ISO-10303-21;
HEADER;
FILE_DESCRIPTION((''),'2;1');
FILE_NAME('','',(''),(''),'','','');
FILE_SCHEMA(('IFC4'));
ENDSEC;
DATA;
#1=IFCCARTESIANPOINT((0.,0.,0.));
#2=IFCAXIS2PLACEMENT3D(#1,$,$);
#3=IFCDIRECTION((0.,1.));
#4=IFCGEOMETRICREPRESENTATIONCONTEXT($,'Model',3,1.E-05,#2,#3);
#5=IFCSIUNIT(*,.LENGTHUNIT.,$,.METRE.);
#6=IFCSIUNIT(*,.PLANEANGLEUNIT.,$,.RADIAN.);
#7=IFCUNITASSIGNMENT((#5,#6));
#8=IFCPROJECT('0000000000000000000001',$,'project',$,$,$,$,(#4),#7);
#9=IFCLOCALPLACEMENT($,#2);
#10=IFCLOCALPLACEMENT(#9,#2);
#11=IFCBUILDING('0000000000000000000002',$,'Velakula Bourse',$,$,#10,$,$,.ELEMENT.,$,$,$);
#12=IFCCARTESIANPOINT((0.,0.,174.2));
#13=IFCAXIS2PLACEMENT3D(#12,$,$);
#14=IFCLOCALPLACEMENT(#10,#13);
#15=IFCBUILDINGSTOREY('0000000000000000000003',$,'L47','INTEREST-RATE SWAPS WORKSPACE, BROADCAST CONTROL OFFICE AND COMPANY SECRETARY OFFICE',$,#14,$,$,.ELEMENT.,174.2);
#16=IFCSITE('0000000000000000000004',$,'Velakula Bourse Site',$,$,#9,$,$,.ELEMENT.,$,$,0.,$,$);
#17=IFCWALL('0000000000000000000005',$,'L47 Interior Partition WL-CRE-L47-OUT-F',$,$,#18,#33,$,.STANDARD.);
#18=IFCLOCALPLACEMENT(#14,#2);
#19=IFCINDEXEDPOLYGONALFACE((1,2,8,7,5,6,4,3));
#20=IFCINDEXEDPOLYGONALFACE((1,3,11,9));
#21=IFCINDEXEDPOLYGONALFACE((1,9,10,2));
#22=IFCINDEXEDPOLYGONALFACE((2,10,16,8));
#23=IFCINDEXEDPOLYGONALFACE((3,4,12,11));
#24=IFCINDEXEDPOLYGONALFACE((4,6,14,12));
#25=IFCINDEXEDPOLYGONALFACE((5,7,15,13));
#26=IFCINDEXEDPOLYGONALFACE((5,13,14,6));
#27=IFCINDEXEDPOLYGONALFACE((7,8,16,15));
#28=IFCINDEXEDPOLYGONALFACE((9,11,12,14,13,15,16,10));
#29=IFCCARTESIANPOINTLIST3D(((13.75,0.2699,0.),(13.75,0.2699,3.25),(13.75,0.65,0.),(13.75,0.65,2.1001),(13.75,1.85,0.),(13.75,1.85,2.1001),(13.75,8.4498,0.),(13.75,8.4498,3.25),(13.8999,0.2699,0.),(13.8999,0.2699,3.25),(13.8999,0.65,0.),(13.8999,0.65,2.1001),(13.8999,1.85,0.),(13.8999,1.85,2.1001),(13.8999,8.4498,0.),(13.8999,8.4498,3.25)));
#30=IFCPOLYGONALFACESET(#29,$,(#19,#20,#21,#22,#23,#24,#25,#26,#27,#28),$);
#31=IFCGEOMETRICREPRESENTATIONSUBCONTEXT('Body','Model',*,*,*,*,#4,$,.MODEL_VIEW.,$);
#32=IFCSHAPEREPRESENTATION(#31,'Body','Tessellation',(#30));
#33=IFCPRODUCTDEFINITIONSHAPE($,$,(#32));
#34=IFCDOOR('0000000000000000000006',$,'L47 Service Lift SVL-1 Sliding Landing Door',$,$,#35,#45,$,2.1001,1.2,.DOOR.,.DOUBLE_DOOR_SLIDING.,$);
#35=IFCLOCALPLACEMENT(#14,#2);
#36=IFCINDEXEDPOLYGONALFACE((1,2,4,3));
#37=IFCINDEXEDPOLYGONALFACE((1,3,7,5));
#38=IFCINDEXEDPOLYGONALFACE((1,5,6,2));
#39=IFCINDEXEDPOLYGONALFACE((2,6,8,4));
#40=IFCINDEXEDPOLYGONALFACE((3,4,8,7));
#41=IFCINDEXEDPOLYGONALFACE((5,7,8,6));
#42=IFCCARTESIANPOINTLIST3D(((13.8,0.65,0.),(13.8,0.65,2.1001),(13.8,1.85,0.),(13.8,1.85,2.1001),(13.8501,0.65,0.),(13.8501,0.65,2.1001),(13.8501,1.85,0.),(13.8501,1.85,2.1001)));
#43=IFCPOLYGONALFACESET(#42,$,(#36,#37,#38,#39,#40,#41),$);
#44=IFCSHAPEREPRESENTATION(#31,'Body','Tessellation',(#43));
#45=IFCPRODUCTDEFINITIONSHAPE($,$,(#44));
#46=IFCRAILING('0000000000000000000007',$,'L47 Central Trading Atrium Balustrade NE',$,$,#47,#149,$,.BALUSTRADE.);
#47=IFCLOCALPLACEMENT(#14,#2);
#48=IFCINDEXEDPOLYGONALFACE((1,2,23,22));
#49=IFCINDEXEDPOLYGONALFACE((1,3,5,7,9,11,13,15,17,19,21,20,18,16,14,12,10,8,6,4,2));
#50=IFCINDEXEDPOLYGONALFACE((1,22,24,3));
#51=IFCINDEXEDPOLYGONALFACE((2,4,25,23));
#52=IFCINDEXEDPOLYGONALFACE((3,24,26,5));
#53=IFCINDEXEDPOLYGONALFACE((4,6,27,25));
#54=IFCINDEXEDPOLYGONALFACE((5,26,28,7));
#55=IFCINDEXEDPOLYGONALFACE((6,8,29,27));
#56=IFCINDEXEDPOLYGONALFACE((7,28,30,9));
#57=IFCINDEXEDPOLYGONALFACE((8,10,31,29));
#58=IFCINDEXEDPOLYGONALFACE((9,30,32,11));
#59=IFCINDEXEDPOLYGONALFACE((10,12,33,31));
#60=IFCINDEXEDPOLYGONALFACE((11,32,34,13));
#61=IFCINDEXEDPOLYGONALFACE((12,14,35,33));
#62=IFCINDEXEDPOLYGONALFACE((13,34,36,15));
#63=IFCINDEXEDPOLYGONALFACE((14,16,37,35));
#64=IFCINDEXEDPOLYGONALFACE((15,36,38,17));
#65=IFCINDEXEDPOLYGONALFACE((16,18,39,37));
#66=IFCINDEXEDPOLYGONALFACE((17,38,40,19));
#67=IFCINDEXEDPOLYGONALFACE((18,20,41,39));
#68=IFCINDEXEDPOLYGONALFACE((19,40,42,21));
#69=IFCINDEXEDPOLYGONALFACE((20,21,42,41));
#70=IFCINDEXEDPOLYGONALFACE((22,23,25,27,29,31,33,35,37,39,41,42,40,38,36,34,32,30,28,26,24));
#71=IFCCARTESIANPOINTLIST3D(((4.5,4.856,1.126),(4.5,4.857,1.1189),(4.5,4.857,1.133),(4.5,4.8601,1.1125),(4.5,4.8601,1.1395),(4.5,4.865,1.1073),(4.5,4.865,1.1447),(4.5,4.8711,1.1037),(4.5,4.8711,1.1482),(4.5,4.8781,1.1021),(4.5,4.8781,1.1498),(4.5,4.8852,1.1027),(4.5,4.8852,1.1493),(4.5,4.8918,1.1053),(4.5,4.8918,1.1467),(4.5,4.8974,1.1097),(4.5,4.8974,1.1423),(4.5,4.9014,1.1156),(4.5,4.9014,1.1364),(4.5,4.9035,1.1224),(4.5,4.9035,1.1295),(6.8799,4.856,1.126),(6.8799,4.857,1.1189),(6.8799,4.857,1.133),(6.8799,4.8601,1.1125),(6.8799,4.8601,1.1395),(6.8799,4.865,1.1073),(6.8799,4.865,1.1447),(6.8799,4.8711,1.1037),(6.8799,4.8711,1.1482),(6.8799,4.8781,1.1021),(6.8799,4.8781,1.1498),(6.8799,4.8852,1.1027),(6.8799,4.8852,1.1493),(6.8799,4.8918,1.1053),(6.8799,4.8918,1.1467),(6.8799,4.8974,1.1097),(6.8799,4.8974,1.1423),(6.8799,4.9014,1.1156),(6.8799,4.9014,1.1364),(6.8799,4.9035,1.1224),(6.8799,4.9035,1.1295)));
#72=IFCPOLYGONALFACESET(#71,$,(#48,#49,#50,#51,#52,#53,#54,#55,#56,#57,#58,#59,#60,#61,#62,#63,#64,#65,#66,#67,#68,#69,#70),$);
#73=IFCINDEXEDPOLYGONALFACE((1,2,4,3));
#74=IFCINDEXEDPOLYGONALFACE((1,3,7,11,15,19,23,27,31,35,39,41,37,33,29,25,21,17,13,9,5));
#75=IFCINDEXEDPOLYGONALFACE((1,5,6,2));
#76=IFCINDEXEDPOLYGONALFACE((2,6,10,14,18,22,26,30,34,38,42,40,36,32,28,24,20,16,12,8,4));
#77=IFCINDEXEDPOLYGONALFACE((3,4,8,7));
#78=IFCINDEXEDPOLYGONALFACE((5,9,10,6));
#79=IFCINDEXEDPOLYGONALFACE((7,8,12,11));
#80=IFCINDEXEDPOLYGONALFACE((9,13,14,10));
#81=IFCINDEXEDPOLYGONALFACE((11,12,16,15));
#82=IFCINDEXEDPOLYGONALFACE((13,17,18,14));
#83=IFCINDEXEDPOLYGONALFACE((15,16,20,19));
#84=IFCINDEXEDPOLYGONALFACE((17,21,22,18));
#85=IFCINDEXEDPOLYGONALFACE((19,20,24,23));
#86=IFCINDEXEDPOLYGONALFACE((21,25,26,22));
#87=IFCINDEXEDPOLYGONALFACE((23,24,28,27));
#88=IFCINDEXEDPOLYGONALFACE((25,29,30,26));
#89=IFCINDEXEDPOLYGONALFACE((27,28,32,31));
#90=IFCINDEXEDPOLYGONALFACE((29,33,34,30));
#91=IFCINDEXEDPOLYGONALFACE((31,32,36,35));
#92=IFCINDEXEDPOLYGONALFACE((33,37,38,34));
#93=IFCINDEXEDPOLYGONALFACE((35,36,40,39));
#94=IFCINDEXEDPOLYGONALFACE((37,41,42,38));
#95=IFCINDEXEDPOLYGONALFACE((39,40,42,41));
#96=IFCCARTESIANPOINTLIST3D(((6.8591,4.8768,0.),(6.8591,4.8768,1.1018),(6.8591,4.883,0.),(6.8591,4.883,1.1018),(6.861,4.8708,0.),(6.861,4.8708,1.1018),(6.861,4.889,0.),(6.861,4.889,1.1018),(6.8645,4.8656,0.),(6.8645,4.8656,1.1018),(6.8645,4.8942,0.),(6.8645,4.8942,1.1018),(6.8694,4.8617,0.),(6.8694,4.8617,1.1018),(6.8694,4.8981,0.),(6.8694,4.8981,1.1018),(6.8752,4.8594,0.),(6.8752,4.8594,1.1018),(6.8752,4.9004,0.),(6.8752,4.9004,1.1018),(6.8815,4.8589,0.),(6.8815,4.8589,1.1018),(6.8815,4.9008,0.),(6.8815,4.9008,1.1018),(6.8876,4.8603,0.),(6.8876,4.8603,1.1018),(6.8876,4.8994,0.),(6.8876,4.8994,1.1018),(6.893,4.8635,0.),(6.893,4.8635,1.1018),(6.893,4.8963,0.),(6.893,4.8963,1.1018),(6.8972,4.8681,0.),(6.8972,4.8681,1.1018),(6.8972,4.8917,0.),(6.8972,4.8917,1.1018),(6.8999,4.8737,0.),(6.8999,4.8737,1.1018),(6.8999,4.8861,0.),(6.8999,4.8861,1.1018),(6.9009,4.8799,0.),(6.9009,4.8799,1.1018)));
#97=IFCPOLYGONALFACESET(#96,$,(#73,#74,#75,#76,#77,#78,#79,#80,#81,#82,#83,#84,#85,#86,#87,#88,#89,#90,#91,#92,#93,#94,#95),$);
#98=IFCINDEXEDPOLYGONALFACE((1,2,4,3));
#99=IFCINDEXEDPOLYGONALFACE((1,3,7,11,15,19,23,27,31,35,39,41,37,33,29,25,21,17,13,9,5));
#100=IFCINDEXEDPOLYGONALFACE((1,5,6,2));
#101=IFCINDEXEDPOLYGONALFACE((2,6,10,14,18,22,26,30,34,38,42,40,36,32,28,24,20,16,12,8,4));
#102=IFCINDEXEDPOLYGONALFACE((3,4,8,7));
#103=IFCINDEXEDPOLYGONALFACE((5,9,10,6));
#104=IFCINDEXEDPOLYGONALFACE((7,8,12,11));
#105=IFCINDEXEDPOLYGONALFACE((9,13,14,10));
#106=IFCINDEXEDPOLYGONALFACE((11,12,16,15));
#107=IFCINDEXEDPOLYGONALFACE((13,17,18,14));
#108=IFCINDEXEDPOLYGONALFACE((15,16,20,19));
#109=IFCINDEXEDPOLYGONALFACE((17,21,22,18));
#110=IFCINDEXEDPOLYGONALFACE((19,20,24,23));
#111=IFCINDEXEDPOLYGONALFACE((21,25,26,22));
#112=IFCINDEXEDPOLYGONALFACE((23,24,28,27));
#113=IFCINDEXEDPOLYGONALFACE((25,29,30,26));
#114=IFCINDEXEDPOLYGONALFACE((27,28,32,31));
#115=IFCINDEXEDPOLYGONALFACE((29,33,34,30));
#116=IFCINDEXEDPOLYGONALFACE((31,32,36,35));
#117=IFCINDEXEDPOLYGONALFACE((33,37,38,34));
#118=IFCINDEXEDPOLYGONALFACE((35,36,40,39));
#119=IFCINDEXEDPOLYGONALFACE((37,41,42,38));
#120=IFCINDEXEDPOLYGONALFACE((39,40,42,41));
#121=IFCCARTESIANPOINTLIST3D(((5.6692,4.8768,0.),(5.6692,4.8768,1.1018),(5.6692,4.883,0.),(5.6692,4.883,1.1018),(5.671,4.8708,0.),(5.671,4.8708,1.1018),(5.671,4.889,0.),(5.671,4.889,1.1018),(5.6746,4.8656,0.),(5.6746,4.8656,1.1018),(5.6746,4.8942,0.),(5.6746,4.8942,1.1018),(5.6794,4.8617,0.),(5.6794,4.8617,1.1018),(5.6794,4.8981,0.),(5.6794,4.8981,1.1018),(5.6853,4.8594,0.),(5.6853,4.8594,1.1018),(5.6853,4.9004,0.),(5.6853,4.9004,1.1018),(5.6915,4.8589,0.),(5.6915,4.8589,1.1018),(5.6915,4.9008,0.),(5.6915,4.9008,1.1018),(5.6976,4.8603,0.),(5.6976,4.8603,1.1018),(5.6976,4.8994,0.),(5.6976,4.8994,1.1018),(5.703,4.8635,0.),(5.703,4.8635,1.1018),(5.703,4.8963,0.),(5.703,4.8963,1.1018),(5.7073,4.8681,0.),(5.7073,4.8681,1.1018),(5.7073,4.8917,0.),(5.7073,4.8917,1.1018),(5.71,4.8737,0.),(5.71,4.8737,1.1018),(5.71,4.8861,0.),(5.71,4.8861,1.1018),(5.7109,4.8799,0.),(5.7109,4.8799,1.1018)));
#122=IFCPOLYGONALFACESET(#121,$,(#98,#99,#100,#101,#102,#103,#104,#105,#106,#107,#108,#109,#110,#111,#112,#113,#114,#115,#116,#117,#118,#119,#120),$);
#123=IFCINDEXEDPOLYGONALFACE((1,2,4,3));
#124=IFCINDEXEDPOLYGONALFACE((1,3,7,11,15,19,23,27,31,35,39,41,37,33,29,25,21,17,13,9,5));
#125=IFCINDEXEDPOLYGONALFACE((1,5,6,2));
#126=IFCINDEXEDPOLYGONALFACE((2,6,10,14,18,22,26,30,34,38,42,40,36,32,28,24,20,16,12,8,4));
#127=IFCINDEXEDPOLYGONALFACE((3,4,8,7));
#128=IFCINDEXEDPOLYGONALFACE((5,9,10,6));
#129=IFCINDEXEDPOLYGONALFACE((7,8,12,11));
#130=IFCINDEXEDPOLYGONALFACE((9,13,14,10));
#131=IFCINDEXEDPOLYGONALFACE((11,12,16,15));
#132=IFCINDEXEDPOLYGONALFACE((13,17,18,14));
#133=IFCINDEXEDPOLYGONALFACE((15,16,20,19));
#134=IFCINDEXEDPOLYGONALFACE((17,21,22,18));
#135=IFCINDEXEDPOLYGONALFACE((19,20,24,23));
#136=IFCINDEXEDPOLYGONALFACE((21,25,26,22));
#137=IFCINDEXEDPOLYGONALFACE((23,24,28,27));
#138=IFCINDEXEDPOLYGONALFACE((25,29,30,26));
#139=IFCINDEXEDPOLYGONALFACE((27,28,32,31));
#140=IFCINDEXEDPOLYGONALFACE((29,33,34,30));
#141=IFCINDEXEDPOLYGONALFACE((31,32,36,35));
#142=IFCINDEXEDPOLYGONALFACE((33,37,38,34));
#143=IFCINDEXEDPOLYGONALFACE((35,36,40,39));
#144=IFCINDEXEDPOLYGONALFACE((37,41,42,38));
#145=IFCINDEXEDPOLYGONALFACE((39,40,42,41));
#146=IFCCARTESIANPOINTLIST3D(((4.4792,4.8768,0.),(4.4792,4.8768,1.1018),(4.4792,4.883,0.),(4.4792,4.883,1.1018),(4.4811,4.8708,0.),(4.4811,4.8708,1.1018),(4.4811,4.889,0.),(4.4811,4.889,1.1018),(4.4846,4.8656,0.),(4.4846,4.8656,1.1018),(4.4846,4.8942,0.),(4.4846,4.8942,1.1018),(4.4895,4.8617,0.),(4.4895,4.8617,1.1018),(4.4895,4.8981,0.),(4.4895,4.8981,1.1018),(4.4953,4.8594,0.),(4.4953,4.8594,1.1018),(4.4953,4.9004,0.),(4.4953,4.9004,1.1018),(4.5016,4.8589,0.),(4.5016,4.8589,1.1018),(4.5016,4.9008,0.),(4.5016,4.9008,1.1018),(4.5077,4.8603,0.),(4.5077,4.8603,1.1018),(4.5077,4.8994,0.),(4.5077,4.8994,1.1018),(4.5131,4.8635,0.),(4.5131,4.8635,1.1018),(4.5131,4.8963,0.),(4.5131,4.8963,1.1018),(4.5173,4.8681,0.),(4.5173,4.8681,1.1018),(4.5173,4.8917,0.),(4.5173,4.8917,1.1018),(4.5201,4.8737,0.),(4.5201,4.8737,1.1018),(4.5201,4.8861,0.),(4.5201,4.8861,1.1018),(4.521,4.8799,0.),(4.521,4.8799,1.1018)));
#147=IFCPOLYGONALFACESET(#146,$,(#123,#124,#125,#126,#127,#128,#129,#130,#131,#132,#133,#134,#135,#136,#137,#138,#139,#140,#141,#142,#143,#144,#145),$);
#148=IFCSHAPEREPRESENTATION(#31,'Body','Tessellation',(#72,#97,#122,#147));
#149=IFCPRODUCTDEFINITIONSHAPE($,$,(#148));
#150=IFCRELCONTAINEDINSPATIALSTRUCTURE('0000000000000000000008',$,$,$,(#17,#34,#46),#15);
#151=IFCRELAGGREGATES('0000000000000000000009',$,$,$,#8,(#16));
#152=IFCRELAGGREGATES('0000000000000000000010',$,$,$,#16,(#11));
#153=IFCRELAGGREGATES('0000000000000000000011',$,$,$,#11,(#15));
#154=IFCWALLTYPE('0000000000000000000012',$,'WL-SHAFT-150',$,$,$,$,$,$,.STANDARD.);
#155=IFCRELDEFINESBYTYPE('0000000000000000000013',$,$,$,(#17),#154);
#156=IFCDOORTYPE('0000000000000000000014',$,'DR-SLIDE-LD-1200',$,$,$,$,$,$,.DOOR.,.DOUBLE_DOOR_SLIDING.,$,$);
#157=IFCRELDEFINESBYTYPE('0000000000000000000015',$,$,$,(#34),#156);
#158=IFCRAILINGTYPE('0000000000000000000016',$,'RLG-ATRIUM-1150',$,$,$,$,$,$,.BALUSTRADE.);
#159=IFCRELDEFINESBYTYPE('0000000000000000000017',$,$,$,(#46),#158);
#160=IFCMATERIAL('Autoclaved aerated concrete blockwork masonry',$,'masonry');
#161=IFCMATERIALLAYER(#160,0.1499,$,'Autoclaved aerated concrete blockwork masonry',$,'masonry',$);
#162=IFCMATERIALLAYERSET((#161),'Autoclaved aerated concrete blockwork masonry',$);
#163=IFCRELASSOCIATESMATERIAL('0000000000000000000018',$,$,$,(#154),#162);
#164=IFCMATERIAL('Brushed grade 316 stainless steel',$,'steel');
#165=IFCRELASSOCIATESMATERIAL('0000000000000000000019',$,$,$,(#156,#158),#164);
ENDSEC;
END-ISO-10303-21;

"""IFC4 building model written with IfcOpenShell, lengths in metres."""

from ifc_helpers import new_model, si_unit, direction, frame, frame_2d, origin, origin_2d, place, context, subcontext, project, spatial, rectangle, circle, extrude, material, layer, layer_set, type_object, element, fill, save


model = new_model("IFC4")

# Units and contexts
model_context = context("Model", 3, precision=1e-05, world=origin(), true_north=direction((0.0, 1.0)))
body_context = subcontext(model_context, "Body", "Model", "MODEL_VIEW")
ifc_project = project(units=[si_unit("LENGTHUNIT", "METRE"), si_unit("PLANEANGLEUNIT", "RADIAN")], contexts=[model_context])

# Site, building, storey
site_placement = place(None, origin())
site = spatial("IfcSite", under=ifc_project, at=site_placement, Name="Velakula Bourse Site", CompositionType="ELEMENT", RefElevation=0.0)
building_placement = place(site_placement, origin())
building = spatial("IfcBuilding", under=site, at=building_placement, Name="Velakula Bourse", CompositionType="ELEMENT")
storey_placement = place(building_placement, frame((0.0, 0.0, 174.2)))
storey = spatial("IfcBuildingStorey", under=building, at=storey_placement, Name="L47", Description="INTEREST-RATE SWAPS WORKSPACE, BROADCAST CONTROL OFFICE AND COMPANY SECRETARY OFFICE", CompositionType="ELEMENT", Elevation=174.2)

# Shared definitions
ifc_material_1 = material(Name="Autoclaved aerated concrete blockwork masonry", Category="masonry")
ifc_layer_1 = layer(ifc_material_1, 0.1499, Name="Autoclaved aerated concrete blockwork masonry", Category="masonry")
ifc_layer_set_1 = layer_set([ifc_layer_1], Name="Autoclaved aerated concrete blockwork masonry")
wall_type_1 = type_object("IfcWallType", Name="WL-SHAFT-150", PredefinedType="STANDARD", material=ifc_layer_set_1)

# Shared definitions
ifc_material_2 = material(Name="Brushed grade 316 stainless steel", Category="steel")

# Wall, opening, door
wall_1_placement = place(storey_placement, frame((13.825, 0.27, 0.0), z_axis=(0.0, 0.0, 1.0), x_axis=(0.0, 1.0, 0.0)))
wall_1 = element("IfcWall", 1, at=wall_1_placement, inside=storey, type_object=wall_type_1, Name="L47 Interior Partition WL-CRE-L47-OUT-F", PredefinedType="STANDARD", context=body_context, shape_type="SweptSolid", body=[
    extrude(rectangle(XDim=8.1799, YDim=0.1499, at=frame_2d((4.0898, 0.0))), origin(), (0.0, 0.0, 1.0), 3.25),
])
opening_1_placement = place(wall_1_placement, frame((0.3799, 0.0, 0.0)))
opening_1 = element("IfcOpeningElement", 2, at=opening_1_placement, cuts=wall_1, PredefinedType="OPENING", context=body_context, shape_type="SweptSolid", body=[
    extrude(rectangle(XDim=1.2, YDim=2.1001, at=frame_2d((0.6001, 1.05))), frame((0.0, 0.085, 0.0), z_axis=(0.0, -1.0, 0.0), x_axis=(1.0, 0.0, 0.0)), (0.0, 0.0, 1.0), 0.1699),
])
door_type_1 = type_object("IfcDoorType", Name="DR-SLIDE-LD-1200", OperationType="DOUBLE_DOOR_SLIDING", PredefinedType="DOOR", material=ifc_material_2)
door_1_placement = place(opening_1_placement, origin())
door_1 = element("IfcDoor", 3, at=door_1_placement, inside=storey, type_object=door_type_1, Name="L47 Service Lift SVL-1 Sliding Landing Door", OperationType="DOUBLE_DOOR_SLIDING", OverallHeight=2.1001, OverallWidth=1.2, PredefinedType="DOOR", context=body_context, shape_type="SweptSolid", body=[
    extrude(rectangle(XDim=1.2, YDim=2.1001, at=frame_2d((0.6001, 1.05))), frame((0.0, 0.0249, 0.0), z_axis=(0.0, -1.0, 0.0), x_axis=(1.0, 0.0, 0.0)), (0.0, 0.0, 1.0), 0.05),
])
fill(opening_1, door_1)

# Railing
railing_type = type_object("IfcRailingType", Name="RLG-ATRIUM-1150", PredefinedType="BALUSTRADE", material=ifc_material_2)
railing_placement = place(storey_placement, frame((6.8799, 4.8799, 0.0)))
element("IfcRailing", 4, at=railing_placement, inside=storey, type_object=railing_type, Name="L47 Central Trading Atrium Balustrade NE", PredefinedType="BALUSTRADE", context=body_context, shape_type="SweptSolid", body=[
    extrude(circle(Radius=0.0239, at=origin_2d()), frame((0.0, 0.0, 1.126), z_axis=(-1.0, 0.0, 0.0), x_axis=(0.0, -1.0, 0.0)), (0.0, 0.0, 1.0), 2.3799),
    extrude(circle(Radius=0.021, at=origin_2d()), origin(), (0.0, 0.0, 1.0), 1.1018),
    extrude(circle(Radius=0.021, at=origin_2d()), frame((-1.1899, 0.0, 0.0)), (0.0, 0.0, 1.0), 1.1018),
    extrude(circle(Radius=0.021, at=origin_2d()), frame((-2.3799, 0.0, 0.0)), (0.0, 0.0, 1.0), 1.1018),
])

save(model, "model.ifc")
